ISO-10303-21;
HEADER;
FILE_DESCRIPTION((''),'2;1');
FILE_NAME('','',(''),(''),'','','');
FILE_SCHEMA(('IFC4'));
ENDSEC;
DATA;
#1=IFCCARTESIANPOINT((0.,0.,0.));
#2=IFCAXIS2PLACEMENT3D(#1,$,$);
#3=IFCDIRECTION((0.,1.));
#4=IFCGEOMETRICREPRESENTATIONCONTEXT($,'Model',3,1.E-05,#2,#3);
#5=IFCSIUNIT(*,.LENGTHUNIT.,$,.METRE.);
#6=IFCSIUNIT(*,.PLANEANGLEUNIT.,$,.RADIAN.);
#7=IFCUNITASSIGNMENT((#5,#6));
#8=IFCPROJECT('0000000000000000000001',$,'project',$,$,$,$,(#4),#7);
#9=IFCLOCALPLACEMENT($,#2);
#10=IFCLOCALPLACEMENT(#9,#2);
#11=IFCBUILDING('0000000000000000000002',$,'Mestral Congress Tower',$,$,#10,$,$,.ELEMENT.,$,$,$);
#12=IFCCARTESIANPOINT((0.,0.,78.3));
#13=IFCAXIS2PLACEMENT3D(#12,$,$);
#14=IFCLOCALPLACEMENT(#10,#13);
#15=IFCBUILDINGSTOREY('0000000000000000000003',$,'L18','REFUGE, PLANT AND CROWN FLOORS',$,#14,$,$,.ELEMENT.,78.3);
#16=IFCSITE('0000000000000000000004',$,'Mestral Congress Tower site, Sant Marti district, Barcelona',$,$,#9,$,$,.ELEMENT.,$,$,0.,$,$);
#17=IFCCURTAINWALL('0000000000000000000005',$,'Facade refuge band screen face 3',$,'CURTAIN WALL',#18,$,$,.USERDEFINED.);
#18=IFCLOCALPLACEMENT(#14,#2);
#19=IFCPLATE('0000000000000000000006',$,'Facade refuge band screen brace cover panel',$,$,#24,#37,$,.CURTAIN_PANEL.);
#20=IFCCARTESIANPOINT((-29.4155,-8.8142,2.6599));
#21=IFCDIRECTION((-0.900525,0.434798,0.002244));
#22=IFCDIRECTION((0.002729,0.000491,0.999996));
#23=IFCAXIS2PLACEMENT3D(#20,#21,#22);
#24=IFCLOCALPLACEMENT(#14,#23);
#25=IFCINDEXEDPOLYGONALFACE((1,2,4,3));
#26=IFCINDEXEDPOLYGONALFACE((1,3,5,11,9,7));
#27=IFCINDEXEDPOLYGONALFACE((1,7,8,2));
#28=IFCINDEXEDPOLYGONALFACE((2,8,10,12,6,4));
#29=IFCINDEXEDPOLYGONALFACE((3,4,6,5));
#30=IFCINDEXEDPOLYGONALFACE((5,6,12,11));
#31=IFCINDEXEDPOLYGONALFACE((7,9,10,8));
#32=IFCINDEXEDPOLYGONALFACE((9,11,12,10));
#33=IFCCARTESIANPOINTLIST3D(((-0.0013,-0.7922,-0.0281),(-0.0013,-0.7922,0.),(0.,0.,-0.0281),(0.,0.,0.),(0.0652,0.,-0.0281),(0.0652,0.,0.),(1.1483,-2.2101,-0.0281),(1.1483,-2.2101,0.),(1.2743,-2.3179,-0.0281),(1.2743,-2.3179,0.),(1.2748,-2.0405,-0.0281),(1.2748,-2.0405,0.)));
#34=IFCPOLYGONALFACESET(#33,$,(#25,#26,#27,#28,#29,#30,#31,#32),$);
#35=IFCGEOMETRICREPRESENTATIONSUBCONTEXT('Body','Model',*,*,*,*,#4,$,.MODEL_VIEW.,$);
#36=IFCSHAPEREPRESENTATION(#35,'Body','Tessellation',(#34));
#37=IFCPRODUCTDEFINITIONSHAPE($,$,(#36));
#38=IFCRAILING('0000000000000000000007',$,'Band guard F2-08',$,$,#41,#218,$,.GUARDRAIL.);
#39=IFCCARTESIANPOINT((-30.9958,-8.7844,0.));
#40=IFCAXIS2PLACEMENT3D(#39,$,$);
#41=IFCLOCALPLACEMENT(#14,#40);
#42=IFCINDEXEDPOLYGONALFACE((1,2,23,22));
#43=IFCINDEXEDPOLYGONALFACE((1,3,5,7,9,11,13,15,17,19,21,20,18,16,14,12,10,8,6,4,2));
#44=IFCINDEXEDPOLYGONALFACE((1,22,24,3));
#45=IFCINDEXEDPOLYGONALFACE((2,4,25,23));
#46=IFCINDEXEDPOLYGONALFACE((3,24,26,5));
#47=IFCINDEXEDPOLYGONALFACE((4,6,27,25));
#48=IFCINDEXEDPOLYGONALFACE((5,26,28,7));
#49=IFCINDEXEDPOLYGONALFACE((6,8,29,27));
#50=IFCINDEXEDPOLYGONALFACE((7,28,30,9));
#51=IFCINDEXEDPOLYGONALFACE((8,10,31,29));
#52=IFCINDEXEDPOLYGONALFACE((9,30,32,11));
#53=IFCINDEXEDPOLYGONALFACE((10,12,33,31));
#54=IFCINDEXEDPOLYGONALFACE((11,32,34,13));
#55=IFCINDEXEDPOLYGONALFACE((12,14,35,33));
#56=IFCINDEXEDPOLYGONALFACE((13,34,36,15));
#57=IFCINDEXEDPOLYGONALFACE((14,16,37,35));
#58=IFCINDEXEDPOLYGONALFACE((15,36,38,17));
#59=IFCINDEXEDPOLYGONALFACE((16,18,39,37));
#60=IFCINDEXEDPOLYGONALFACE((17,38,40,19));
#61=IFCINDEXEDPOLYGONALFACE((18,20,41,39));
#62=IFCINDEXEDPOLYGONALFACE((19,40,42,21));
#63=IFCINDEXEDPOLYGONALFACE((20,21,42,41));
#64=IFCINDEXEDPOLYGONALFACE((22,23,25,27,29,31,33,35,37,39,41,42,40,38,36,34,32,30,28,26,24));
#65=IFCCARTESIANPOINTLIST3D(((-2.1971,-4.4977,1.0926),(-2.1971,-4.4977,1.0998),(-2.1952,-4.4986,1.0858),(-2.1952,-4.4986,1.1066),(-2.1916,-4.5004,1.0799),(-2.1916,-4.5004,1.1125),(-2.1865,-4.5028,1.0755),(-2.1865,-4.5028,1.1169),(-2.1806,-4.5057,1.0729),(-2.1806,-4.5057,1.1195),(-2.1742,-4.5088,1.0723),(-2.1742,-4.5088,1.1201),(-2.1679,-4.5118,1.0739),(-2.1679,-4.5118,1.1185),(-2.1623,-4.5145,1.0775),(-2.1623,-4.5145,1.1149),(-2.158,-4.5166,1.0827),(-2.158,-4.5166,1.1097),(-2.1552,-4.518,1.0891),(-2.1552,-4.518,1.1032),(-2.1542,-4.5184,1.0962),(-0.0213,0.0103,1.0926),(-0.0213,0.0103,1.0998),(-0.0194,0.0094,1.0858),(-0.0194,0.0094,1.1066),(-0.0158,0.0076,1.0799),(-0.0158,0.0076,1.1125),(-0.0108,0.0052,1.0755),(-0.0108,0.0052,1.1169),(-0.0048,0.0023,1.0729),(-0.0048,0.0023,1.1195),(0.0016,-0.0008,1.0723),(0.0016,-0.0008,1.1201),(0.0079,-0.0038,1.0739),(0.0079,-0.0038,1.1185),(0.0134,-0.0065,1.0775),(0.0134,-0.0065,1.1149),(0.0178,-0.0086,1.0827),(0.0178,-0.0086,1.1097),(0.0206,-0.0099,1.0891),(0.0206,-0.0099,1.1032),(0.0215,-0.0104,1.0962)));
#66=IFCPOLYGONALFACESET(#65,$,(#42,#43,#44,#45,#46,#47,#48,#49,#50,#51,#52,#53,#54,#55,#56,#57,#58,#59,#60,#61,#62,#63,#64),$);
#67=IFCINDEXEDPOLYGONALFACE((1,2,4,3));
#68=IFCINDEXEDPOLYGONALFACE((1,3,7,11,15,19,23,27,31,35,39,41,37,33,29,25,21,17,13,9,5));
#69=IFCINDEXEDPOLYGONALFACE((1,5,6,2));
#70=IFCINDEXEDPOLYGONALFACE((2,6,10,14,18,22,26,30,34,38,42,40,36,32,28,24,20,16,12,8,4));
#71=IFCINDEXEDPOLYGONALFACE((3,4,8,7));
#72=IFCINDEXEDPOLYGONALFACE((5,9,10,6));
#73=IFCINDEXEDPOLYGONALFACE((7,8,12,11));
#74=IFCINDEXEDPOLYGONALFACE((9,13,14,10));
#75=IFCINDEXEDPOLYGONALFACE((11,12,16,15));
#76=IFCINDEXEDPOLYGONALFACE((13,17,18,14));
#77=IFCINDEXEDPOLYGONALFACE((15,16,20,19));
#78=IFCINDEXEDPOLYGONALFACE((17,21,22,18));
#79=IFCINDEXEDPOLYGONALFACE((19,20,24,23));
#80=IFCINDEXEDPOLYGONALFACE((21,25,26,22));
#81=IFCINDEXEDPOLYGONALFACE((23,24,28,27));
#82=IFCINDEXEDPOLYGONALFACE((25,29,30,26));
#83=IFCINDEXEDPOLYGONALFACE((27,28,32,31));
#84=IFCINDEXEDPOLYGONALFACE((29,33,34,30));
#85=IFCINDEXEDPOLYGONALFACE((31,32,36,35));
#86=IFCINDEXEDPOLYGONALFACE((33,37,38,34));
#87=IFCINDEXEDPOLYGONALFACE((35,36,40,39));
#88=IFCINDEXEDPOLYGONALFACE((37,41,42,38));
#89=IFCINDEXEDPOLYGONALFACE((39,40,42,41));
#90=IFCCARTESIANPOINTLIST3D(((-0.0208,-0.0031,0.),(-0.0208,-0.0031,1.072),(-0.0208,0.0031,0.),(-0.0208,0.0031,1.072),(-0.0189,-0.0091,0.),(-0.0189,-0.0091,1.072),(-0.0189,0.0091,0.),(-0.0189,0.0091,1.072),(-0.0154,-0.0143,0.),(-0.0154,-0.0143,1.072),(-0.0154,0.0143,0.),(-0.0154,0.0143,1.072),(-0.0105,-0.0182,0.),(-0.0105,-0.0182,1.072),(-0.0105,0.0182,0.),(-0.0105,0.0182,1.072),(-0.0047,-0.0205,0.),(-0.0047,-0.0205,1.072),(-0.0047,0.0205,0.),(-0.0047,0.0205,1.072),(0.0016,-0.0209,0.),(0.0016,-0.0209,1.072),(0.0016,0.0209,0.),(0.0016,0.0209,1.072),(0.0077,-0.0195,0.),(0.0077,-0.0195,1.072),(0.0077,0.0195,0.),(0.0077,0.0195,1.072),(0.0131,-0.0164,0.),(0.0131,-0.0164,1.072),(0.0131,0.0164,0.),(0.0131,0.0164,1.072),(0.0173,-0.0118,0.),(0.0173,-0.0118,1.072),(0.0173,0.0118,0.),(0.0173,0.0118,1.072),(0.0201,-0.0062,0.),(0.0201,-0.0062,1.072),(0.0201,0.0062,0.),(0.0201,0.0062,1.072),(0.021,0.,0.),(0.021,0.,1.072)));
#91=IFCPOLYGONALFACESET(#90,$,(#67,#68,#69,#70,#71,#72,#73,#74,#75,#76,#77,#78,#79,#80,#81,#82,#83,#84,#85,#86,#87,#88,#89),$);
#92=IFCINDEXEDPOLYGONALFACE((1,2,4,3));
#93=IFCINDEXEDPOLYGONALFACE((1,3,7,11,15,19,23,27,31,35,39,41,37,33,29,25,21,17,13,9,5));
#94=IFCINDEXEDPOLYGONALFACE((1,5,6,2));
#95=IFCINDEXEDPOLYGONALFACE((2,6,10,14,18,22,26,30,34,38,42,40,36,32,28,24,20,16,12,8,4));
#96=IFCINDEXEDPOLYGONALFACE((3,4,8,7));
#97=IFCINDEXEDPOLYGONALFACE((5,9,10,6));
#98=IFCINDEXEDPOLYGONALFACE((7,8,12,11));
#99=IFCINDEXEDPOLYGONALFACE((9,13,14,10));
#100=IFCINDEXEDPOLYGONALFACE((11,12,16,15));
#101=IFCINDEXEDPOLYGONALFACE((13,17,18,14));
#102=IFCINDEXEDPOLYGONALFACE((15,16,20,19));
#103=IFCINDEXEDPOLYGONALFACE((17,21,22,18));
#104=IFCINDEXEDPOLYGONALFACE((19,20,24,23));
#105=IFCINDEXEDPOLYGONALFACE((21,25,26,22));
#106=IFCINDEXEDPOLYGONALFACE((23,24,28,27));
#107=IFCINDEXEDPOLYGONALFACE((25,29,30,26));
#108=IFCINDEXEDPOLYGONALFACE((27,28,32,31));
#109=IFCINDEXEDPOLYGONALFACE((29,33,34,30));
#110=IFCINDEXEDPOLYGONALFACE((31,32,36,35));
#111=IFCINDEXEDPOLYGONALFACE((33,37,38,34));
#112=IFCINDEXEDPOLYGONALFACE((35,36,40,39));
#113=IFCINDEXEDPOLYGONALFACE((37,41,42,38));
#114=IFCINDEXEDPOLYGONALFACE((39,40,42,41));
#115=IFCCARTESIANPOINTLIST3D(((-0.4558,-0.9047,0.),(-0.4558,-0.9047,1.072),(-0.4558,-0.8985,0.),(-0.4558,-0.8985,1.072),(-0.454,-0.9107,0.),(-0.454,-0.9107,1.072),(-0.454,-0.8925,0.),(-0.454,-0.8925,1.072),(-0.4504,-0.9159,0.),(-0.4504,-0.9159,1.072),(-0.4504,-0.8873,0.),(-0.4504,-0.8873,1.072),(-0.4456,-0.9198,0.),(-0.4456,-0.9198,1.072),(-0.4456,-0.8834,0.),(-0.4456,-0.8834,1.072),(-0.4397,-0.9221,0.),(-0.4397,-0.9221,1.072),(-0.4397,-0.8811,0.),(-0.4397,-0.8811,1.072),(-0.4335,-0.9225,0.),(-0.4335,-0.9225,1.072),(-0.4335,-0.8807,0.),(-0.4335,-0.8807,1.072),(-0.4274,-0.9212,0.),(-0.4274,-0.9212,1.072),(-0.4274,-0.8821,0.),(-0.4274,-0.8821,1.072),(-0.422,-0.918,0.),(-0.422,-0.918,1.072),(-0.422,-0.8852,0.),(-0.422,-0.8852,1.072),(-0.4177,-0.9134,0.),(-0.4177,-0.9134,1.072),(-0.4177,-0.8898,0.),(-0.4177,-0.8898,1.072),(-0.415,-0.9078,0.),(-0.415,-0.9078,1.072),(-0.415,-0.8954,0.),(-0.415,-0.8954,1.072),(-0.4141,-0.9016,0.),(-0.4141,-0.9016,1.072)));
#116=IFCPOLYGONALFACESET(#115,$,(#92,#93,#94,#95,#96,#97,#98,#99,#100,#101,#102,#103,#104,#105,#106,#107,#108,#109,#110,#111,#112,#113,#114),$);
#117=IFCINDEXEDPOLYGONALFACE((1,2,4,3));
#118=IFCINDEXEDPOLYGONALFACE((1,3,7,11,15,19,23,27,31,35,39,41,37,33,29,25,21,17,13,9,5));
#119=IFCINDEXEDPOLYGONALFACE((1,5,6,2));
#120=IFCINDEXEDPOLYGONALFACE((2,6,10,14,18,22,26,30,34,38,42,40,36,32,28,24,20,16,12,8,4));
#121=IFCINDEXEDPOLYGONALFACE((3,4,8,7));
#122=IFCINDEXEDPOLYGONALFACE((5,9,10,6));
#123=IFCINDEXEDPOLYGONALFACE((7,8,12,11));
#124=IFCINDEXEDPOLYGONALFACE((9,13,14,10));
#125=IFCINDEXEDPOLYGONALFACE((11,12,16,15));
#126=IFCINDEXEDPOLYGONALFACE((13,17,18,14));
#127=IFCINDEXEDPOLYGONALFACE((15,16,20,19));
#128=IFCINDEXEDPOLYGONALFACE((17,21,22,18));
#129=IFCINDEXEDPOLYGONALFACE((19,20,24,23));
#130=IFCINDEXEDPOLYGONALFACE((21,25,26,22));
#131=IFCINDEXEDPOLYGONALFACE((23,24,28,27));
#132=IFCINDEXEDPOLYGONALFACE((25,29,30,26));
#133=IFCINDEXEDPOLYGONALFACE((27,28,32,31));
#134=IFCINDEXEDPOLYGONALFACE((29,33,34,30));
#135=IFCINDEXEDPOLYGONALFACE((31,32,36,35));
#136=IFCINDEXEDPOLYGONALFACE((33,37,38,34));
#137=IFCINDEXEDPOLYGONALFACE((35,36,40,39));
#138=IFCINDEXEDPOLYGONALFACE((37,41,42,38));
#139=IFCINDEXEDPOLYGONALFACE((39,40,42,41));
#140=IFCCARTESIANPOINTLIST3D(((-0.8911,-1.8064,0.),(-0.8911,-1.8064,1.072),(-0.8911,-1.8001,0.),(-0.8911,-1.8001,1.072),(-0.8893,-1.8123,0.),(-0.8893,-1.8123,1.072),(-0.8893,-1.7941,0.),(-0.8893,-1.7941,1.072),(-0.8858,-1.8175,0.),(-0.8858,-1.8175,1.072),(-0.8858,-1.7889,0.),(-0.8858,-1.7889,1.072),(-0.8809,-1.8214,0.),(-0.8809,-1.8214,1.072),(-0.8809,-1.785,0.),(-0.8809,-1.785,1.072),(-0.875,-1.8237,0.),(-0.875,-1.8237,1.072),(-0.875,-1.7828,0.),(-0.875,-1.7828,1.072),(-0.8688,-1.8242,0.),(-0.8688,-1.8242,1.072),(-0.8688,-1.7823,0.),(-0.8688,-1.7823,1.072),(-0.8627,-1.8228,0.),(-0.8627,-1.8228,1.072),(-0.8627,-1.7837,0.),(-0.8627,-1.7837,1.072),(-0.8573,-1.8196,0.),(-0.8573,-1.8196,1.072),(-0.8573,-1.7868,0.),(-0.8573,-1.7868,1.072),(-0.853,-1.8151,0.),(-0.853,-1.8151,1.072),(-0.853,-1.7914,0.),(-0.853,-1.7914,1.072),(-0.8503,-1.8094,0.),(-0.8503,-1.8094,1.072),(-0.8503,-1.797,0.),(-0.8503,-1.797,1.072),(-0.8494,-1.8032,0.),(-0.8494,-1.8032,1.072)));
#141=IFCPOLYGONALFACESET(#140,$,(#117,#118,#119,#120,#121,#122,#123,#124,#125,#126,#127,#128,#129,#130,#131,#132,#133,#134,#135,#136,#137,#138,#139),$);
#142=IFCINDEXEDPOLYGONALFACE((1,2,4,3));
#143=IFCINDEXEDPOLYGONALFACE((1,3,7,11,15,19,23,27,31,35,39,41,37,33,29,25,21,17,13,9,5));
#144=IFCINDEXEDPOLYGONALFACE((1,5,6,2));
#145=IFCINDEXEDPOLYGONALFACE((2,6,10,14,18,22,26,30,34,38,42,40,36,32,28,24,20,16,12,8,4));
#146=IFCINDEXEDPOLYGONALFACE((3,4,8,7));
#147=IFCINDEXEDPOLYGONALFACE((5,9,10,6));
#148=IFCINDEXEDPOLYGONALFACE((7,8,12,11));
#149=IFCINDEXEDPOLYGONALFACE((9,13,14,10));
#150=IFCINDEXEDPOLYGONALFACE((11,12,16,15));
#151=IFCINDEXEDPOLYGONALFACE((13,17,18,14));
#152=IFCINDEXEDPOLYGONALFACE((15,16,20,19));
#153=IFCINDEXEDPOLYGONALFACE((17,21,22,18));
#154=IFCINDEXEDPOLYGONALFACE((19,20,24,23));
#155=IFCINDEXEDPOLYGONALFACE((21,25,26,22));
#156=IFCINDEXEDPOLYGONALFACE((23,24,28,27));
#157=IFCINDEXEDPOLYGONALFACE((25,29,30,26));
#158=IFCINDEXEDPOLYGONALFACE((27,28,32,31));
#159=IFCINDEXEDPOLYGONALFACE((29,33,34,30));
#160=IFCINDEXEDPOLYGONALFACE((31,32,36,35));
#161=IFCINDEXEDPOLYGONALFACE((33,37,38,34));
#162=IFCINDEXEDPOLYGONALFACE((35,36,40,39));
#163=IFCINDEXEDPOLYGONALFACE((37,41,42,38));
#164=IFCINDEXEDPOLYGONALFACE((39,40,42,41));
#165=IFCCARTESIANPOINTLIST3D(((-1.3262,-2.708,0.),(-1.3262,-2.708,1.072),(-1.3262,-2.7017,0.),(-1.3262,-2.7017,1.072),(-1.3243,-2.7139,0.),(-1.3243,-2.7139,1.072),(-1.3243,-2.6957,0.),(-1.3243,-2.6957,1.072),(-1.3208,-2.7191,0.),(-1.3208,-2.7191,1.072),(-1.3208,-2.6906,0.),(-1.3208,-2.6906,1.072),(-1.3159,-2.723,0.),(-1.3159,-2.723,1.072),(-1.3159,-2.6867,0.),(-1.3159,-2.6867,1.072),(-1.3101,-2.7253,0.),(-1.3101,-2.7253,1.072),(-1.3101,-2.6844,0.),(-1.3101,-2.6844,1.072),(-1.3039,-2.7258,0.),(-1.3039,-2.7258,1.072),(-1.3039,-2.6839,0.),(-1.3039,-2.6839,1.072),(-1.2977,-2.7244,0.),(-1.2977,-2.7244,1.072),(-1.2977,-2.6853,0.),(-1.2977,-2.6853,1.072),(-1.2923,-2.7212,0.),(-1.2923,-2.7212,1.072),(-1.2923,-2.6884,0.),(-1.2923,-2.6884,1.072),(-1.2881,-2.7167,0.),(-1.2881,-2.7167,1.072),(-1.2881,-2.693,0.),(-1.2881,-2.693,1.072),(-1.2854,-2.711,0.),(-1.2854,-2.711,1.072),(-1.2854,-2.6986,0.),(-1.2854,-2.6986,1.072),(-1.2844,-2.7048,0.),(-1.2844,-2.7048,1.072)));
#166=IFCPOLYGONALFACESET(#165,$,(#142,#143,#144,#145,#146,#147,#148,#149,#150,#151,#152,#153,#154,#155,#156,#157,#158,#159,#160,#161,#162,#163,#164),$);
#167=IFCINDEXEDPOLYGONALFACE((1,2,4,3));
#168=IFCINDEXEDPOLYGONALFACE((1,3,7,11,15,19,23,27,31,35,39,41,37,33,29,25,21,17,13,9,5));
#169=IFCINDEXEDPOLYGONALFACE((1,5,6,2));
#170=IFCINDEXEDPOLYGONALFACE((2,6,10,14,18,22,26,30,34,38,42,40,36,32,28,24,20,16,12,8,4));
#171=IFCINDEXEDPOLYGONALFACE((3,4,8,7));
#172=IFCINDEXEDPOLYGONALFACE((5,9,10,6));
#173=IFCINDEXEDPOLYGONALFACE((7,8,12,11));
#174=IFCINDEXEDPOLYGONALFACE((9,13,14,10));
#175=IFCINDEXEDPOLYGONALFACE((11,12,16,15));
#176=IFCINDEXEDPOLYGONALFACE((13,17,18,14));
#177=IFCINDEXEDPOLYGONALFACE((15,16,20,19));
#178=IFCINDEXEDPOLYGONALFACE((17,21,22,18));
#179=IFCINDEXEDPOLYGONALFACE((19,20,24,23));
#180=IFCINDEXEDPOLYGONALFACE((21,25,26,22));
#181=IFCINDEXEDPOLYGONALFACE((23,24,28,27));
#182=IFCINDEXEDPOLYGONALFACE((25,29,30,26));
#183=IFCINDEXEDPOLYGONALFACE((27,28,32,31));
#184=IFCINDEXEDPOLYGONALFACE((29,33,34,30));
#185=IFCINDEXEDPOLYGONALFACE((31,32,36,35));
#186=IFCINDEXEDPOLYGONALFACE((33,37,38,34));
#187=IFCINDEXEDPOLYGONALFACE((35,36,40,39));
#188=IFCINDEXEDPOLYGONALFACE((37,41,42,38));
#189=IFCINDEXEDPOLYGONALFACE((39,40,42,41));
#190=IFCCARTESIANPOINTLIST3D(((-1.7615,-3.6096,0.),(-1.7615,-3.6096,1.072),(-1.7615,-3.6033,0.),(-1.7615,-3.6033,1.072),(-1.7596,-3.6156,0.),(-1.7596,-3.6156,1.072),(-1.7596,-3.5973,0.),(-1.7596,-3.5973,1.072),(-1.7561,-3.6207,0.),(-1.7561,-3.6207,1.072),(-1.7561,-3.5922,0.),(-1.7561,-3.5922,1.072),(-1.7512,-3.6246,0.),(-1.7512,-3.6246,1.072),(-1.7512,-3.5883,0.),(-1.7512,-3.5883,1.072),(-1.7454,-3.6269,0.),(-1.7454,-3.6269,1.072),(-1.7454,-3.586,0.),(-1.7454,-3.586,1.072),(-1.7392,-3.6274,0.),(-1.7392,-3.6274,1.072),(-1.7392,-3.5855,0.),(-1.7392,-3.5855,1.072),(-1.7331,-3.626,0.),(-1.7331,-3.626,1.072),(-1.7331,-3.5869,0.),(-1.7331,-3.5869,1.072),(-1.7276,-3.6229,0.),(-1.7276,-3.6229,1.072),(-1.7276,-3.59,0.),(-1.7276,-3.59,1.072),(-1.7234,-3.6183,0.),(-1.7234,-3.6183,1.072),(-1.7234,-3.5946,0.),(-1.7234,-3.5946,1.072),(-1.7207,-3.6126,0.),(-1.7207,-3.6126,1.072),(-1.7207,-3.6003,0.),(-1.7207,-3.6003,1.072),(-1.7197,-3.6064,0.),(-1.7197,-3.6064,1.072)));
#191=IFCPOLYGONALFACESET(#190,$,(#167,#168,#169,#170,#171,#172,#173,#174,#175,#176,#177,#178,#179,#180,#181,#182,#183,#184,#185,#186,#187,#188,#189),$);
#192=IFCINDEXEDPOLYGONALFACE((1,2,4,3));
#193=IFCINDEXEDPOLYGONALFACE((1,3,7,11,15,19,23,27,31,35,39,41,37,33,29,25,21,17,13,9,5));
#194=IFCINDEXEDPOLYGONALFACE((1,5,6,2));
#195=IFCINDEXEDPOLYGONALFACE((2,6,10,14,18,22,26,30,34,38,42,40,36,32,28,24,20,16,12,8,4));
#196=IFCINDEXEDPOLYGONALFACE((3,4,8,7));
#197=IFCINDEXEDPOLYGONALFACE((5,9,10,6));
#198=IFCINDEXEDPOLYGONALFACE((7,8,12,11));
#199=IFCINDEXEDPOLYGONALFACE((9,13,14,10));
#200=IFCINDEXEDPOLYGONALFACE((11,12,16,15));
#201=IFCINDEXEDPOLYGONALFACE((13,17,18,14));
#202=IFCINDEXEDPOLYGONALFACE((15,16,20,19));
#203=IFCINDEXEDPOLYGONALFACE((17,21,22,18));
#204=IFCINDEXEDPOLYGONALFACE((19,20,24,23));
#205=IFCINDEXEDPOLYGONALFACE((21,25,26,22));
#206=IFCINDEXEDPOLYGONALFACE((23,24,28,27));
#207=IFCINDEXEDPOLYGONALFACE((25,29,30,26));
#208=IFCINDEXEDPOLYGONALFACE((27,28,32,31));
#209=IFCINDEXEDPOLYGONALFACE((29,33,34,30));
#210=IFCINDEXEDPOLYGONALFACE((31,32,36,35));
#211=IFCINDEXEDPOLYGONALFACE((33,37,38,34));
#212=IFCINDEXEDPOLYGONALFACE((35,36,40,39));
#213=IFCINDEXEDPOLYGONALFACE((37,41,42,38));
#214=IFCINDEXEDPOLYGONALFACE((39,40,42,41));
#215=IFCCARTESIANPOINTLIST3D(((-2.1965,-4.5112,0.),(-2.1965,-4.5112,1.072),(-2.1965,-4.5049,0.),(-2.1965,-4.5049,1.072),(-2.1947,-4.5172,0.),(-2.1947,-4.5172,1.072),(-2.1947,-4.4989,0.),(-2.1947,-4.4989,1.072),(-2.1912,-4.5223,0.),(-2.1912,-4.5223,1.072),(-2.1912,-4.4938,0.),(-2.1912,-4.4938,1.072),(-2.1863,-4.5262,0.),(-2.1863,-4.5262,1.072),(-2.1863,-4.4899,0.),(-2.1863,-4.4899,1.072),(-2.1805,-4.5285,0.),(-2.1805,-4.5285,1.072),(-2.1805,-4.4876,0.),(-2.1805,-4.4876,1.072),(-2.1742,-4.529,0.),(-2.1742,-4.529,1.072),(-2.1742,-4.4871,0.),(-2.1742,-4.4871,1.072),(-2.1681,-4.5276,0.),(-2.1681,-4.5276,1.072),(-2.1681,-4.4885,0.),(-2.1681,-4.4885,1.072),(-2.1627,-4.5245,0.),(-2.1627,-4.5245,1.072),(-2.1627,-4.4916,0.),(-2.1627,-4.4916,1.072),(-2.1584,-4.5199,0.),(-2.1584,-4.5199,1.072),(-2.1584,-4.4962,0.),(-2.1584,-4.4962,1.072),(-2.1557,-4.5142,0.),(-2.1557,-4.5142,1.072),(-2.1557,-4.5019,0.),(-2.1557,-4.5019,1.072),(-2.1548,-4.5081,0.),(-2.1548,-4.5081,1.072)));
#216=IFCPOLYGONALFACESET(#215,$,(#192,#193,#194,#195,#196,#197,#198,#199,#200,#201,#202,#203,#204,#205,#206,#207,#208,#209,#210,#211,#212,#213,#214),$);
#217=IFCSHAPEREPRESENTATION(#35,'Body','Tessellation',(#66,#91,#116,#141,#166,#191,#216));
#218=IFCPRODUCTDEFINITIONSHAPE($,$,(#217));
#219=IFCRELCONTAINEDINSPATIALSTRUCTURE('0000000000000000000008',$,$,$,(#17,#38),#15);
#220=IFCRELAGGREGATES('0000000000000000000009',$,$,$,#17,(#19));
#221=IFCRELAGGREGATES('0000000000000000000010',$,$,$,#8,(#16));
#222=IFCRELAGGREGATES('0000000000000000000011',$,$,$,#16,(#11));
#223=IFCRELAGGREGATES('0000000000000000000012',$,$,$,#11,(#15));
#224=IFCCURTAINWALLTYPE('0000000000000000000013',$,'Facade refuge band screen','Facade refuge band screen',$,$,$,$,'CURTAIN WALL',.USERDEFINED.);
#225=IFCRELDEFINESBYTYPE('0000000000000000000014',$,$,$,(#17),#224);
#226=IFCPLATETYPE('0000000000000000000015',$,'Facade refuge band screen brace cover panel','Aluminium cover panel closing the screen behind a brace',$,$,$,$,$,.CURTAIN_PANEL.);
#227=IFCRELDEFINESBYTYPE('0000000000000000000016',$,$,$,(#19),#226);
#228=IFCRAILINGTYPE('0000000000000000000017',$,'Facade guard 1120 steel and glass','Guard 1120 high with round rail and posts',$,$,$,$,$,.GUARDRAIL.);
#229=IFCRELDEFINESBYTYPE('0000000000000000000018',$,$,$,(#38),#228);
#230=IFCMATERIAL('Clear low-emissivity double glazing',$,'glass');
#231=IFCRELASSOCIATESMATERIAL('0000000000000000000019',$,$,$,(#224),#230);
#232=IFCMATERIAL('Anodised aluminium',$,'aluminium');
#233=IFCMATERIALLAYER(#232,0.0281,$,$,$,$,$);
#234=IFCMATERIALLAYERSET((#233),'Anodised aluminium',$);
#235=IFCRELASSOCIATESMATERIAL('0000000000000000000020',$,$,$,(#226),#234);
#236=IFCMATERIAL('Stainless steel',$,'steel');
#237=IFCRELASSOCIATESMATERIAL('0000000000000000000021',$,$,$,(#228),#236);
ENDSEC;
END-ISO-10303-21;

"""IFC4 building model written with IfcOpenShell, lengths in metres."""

from ifc_helpers import new_model, si_unit, direction, frame, origin, origin_2d, place, context, subcontext, project, spatial, polyline, circle, outline, extrude, material, layer, layer_set, type_object, element, aggregate, save


model = new_model("IFC4")

# Units and contexts
model_context = context("Model", 3, precision=1e-05, world=origin(), true_north=direction((0.0, 1.0)))
body_context = subcontext(model_context, "Body", "Model", "MODEL_VIEW")
ifc_project = project(units=[si_unit("LENGTHUNIT", "METRE"), si_unit("PLANEANGLEUNIT", "RADIAN")], contexts=[model_context])

# Site, building, storey
site_placement = place(None, origin())
site = spatial("IfcSite", under=ifc_project, at=site_placement, Name="Mestral Congress Tower site, Sant Marti district, Barcelona", CompositionType="ELEMENT", RefElevation=0.0)
building_placement = place(site_placement, origin())
building = spatial("IfcBuilding", under=site, at=building_placement, Name="Mestral Congress Tower", CompositionType="ELEMENT")
storey_placement = place(building_placement, frame((0.0, 0.0, 78.3)))
storey = spatial("IfcBuildingStorey", under=building, at=storey_placement, Name="L18", Description="REFUGE, PLANT AND CROWN FLOORS", CompositionType="ELEMENT", Elevation=78.3)

# Curtain wall
ifc_material_1 = material(Name="Clear low-emissivity double glazing", Category="glass")
curtain_wall_type = type_object("IfcCurtainWallType", Name="Facade refuge band screen", Description="Facade refuge band screen", ElementType="CURTAIN WALL", PredefinedType="USERDEFINED", material=ifc_material_1)
curtain_wall_placement = place(storey_placement, origin())
curtain_wall = element("IfcCurtainWall", 1, at=curtain_wall_placement, inside=storey, type_object=curtain_wall_type, Name="Facade refuge band screen face 3", ObjectType="CURTAIN WALL", PredefinedType="USERDEFINED")
ifc_material_2 = material(Name="Anodised aluminium", Category="aluminium")

# Plate
ifc_layer_1 = layer(ifc_material_2, 0.0281)
ifc_layer_set_1 = layer_set([ifc_layer_1], Name="Anodised aluminium")
plate_type_1 = type_object("IfcPlateType", Name="Facade refuge band screen brace cover panel", Description="Aluminium cover panel closing the screen behind a brace", PredefinedType="CURTAIN_PANEL", material=ifc_layer_set_1)
plate_1_placement = place(storey_placement, frame((-29.4155, -8.8142, 2.6599), z_axis=(-0.900525, 0.434798, 0.002244), x_axis=(0.002729, 0.000491, 0.999996)))
plate_1 = element("IfcPlate", 2, at=plate_1_placement, type_object=plate_type_1, Name="Facade refuge band screen brace cover panel", PredefinedType="CURTAIN_PANEL", context=body_context, shape_type="SweptSolid", body=[
    extrude(outline(polyline([(0.0, 0.0), (0.0652, 0.0), (1.2748, -2.0405), (1.2743, -2.3179), (1.1483, -2.2101), (-0.0013, -0.7922), (0.0, 0.0)])), origin(), (0.0, 0.0, -1.0), 0.0281),
])

# Railing
ifc_material_3 = material(Name="Stainless steel", Category="steel")
railing_type = type_object("IfcRailingType", Name="Facade guard 1120 steel and glass", Description="Guard 1120 high with round rail and posts", PredefinedType="GUARDRAIL", material=ifc_material_3)
railing_placement = place(storey_placement, frame((-30.9958, -8.7844, 0.0)))
element("IfcRailing", 3, at=railing_placement, inside=storey, type_object=railing_type, Name="Band guard F2-08", PredefinedType="GUARDRAIL", context=body_context, shape_type="SweptSolid", body=[
    extrude(circle(Radius=0.0239, at=origin_2d()), frame((0.0, 0.0, 1.0962), z_axis=(-0.434664, -0.900592, 0.0), x_axis=(0.900592, -0.434664, 0.0)), (0.0, 0.0, 1.0), 5.0056),
    extrude(circle(Radius=0.021, at=origin_2d()), origin(), (0.0, 0.0, 1.0), 1.072),
    extrude(circle(Radius=0.021, at=origin_2d()), frame((-0.4351, -0.9016, 0.0)), (0.0, 0.0, 1.0), 1.072),
    extrude(circle(Radius=0.021, at=origin_2d()), frame((-0.8704, -1.8032, 0.0)), (0.0, 0.0, 1.0), 1.072),
    extrude(circle(Radius=0.021, at=origin_2d()), frame((-1.3054, -2.7048, 0.0)), (0.0, 0.0, 1.0), 1.072),
    extrude(circle(Radius=0.021, at=origin_2d()), frame((-1.7407, -3.6064, 0.0)), (0.0, 0.0, 1.0), 1.072),
    extrude(circle(Radius=0.021, at=origin_2d()), frame((-2.1758, -4.5081, 0.0)), (0.0, 0.0, 1.0), 1.072),
])

aggregate(curtain_wall, [plate_1])

save(model, "model.ifc")
